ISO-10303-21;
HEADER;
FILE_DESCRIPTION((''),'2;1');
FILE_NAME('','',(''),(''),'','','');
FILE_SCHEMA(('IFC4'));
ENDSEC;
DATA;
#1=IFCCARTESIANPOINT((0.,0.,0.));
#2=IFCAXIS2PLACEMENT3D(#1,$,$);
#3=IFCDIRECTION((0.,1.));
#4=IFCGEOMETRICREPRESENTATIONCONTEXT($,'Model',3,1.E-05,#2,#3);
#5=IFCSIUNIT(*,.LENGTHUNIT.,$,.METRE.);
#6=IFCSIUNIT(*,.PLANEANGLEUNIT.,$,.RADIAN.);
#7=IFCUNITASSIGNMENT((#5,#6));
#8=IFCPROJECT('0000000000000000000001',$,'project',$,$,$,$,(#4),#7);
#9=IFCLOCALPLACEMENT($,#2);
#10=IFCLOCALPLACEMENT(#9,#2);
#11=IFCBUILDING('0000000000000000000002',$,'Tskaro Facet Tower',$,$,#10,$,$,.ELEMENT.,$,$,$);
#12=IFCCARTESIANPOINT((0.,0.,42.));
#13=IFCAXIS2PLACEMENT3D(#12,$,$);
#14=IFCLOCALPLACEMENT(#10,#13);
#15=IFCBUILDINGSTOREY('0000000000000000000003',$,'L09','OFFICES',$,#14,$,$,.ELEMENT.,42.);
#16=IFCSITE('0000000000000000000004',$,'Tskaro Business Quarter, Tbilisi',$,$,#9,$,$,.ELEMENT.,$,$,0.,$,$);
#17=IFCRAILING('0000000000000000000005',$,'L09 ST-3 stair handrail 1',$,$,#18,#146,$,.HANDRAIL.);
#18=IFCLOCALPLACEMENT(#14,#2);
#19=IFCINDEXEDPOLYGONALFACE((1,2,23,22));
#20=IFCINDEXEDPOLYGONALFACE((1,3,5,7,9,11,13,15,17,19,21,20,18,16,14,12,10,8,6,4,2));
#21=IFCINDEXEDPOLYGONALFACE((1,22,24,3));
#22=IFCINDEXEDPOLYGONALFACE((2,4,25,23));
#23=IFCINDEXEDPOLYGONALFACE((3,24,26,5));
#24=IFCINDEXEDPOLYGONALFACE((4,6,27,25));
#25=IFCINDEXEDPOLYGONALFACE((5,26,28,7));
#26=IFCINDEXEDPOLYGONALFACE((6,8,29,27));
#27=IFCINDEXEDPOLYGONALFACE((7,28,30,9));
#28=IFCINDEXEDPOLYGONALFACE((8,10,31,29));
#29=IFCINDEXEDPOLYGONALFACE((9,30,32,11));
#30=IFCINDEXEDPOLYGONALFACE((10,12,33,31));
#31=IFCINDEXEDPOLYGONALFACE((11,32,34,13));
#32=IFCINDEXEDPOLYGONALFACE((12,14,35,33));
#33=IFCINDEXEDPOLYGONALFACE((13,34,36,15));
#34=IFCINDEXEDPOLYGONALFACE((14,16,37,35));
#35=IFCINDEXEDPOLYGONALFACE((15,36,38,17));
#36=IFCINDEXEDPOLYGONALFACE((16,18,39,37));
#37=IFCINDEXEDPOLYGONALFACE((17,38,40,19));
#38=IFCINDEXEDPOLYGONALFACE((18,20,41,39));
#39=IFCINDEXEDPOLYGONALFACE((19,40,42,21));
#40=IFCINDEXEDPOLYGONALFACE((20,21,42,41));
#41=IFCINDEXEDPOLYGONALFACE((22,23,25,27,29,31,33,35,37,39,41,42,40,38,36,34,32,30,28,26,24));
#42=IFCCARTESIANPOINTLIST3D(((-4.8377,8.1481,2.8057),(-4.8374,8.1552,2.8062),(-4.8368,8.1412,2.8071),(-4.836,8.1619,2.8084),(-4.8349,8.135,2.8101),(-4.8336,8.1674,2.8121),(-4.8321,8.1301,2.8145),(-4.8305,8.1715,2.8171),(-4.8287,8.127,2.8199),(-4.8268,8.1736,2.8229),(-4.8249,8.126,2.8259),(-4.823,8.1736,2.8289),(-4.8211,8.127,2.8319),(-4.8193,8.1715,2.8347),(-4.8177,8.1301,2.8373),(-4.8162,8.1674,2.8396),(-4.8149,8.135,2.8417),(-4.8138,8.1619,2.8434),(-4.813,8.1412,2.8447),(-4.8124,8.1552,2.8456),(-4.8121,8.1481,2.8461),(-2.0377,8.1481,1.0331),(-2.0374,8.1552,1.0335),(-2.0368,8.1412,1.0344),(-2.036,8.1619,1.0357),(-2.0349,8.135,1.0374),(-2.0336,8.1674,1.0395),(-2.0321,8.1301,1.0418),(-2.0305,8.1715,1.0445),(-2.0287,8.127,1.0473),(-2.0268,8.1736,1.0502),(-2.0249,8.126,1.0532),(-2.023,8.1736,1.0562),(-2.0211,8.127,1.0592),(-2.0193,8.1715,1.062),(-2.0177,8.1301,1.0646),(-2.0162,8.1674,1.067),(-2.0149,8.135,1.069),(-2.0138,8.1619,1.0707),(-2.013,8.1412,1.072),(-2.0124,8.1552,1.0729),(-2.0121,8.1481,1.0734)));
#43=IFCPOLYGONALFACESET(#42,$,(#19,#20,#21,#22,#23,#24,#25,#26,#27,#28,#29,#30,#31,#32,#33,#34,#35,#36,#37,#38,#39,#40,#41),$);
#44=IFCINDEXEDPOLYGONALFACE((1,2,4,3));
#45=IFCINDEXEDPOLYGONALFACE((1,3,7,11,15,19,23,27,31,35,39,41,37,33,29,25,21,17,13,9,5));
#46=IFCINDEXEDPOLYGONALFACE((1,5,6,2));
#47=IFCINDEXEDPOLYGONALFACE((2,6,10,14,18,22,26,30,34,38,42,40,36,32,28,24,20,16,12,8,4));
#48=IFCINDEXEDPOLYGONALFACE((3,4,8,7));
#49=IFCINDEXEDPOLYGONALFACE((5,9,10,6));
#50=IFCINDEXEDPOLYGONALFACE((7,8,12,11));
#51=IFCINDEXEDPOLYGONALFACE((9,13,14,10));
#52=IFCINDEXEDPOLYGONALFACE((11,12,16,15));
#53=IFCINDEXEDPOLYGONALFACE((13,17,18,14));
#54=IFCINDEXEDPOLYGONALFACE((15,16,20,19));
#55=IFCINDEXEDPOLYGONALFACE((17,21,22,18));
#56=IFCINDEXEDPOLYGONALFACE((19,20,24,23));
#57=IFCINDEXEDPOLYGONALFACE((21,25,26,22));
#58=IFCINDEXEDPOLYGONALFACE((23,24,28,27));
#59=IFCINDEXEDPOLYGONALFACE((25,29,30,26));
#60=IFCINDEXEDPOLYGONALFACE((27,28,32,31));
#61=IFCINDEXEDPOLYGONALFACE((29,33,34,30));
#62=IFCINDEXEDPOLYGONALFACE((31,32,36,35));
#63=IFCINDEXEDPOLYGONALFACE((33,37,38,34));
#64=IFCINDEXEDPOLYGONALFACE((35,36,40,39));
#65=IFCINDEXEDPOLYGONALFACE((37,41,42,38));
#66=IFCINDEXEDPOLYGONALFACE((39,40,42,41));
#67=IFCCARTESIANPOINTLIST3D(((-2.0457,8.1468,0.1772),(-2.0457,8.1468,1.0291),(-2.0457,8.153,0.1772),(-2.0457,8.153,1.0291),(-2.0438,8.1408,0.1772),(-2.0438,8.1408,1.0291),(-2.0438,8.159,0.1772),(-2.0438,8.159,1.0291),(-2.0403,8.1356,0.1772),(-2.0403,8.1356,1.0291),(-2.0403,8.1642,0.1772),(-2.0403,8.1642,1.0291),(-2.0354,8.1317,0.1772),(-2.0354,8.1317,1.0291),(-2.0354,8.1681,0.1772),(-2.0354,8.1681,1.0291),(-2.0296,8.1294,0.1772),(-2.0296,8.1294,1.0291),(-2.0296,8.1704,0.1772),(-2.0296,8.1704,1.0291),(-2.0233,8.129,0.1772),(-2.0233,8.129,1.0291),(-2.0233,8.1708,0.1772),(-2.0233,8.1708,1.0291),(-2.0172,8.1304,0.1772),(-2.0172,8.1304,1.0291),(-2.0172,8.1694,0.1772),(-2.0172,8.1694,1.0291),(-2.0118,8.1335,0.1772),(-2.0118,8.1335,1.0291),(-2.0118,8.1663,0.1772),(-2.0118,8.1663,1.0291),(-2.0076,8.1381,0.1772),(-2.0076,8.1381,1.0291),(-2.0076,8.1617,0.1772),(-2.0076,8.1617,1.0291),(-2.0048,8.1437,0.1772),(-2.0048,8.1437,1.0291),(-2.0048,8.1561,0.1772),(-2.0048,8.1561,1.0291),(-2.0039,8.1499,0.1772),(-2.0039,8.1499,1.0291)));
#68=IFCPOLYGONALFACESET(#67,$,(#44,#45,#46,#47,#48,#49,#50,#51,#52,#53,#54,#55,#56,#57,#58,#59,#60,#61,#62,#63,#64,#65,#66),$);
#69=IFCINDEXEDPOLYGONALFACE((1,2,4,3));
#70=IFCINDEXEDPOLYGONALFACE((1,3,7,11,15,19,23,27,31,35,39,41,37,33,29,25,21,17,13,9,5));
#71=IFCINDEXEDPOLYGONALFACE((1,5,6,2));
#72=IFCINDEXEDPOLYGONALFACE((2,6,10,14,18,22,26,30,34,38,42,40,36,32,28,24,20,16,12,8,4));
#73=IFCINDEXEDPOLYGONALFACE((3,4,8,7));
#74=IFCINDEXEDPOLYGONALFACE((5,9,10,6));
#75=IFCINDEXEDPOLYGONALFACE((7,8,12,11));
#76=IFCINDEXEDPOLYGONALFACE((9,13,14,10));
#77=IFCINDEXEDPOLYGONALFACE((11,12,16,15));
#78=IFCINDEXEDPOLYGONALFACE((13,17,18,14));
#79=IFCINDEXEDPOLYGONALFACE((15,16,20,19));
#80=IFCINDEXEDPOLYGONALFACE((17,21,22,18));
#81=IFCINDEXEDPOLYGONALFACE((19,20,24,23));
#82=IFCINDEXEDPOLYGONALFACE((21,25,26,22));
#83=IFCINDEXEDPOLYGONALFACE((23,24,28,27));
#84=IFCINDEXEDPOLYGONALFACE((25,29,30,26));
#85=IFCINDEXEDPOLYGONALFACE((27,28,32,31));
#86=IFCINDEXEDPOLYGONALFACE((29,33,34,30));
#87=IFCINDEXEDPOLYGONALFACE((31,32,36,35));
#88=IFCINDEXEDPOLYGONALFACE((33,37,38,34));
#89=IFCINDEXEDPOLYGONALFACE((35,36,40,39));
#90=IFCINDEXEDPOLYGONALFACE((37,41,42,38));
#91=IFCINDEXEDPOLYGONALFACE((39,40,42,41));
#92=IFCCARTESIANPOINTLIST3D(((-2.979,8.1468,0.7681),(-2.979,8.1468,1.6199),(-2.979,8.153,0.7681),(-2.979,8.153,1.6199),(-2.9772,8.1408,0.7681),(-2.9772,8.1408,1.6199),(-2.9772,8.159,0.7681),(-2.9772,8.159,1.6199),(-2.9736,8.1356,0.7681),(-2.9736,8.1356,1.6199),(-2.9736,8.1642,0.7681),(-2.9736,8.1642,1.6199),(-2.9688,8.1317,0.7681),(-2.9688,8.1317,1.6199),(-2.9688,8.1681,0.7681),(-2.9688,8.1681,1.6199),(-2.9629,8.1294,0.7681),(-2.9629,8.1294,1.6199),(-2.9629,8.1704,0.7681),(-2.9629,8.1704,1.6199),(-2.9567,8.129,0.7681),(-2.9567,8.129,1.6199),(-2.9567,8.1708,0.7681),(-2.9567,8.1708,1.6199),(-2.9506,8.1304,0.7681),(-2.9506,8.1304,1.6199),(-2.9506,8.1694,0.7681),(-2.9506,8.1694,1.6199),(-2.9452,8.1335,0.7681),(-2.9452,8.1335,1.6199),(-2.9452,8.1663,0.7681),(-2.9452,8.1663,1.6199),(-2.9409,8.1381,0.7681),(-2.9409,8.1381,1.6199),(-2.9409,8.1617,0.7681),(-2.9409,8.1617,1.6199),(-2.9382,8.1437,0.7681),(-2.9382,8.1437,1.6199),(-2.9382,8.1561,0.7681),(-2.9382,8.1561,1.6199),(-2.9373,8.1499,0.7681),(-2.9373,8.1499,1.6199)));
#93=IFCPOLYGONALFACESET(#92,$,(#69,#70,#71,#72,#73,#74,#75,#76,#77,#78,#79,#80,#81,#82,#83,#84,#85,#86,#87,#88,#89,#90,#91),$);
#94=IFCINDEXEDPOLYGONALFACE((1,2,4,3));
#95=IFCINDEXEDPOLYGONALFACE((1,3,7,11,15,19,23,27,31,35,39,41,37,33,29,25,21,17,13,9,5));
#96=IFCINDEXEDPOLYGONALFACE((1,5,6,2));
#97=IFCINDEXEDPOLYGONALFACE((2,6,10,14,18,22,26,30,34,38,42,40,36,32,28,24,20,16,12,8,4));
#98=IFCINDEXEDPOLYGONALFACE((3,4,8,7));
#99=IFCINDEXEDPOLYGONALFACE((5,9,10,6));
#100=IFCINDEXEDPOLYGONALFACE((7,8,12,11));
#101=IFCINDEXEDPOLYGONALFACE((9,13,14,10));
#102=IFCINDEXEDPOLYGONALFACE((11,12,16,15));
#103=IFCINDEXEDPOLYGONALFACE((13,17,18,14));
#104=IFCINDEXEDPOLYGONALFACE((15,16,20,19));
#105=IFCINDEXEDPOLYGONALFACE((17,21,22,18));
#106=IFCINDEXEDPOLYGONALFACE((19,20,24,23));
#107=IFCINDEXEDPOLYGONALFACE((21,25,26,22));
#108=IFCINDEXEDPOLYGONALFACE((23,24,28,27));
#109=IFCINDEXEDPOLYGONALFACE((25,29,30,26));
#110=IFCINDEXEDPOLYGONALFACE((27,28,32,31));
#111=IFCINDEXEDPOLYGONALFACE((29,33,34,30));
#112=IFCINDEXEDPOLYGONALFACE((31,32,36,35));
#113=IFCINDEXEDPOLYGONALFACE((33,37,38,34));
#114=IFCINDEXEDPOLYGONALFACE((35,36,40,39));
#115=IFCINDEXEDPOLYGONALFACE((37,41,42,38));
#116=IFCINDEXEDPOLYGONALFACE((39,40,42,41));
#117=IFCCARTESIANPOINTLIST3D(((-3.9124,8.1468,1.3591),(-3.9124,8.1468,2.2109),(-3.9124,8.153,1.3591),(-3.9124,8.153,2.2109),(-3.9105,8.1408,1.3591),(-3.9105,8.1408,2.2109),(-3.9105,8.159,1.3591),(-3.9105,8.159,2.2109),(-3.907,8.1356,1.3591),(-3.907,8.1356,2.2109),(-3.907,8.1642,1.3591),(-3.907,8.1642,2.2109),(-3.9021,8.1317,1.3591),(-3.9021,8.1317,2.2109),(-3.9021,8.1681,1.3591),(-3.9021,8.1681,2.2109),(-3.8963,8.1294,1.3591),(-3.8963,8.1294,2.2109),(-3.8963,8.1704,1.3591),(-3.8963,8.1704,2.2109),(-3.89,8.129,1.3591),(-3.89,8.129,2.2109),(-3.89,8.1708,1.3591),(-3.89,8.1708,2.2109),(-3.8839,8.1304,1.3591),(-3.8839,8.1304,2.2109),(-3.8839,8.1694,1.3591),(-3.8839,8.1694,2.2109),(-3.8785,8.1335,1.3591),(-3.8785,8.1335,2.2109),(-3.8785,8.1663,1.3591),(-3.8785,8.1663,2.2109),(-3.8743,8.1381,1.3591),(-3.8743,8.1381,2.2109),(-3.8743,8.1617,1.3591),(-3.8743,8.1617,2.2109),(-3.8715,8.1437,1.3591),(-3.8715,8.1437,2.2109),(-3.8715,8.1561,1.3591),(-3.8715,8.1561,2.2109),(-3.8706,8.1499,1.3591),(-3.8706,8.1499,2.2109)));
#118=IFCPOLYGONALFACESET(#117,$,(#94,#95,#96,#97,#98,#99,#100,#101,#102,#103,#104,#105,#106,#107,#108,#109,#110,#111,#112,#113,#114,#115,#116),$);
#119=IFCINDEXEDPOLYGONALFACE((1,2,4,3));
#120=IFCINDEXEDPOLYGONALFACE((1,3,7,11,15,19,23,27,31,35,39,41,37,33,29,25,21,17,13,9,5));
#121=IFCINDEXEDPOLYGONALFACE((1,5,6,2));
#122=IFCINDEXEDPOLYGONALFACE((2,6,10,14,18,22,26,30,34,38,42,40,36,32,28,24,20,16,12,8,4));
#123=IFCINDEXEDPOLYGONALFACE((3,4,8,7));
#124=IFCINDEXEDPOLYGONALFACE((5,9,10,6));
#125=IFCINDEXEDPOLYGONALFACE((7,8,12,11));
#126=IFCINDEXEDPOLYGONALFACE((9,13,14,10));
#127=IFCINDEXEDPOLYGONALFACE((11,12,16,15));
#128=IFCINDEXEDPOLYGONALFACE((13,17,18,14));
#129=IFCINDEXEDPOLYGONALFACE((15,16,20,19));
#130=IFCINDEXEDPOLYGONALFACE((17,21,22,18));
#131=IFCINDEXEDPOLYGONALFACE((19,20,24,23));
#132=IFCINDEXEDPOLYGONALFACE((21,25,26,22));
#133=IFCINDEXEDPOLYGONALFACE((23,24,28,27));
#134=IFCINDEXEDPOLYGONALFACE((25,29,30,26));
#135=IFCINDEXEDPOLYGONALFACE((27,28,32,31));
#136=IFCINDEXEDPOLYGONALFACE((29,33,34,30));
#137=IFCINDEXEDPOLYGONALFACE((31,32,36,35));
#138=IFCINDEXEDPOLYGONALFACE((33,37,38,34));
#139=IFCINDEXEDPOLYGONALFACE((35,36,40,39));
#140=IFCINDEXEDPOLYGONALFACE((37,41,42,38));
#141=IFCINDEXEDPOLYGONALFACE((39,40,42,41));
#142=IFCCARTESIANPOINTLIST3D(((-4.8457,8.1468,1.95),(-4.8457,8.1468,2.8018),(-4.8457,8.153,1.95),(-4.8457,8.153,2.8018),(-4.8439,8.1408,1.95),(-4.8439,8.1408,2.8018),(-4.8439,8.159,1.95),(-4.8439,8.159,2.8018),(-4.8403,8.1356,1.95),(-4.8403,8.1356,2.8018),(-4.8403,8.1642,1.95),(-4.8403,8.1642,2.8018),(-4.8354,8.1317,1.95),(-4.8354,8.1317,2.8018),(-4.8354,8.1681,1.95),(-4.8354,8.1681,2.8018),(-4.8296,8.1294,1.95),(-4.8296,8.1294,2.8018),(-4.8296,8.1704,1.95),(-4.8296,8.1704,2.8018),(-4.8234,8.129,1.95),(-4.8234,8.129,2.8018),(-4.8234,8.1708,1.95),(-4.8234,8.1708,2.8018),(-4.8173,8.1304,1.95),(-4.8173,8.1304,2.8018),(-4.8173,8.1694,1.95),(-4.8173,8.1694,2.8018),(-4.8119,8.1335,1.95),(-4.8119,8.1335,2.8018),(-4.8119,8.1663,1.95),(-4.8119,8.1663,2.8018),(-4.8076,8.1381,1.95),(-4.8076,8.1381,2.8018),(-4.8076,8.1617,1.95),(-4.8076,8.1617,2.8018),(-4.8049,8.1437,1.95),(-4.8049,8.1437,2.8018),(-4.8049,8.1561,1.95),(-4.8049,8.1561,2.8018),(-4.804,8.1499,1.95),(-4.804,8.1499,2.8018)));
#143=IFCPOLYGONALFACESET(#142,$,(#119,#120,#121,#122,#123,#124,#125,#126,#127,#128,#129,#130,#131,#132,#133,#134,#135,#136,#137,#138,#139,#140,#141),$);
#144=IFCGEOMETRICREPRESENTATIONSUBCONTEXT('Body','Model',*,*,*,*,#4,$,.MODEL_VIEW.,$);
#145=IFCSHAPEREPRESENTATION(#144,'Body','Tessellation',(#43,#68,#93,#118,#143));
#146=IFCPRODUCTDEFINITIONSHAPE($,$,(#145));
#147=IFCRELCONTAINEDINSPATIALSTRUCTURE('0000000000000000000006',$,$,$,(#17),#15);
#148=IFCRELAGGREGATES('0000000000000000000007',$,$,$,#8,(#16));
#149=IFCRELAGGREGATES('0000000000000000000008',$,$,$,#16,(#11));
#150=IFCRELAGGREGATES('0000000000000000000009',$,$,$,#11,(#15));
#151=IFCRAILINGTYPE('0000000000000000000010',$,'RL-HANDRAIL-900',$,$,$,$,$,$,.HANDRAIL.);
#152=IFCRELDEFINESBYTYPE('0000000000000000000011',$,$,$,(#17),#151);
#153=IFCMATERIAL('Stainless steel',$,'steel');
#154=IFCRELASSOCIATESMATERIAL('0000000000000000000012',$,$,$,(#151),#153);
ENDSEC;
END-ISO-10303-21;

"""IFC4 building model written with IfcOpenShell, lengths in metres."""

from ifc_helpers import new_model, si_unit, direction, frame, origin, origin_2d, place, context, subcontext, project, spatial, circle, extrude, material, type_object, element, save


model = new_model("IFC4")

# Units and contexts
model_context = context("Model", 3, precision=1e-05, world=origin(), true_north=direction((0.0, 1.0)))
body_context = subcontext(model_context, "Body", "Model", "MODEL_VIEW")
ifc_project = project(units=[si_unit("LENGTHUNIT", "METRE"), si_unit("PLANEANGLEUNIT", "RADIAN")], contexts=[model_context])

# Site, building, storey
site_placement = place(None, origin())
site = spatial("IfcSite", under=ifc_project, at=site_placement, Name="Tskaro Business Quarter, Tbilisi", CompositionType="ELEMENT", RefElevation=0.0)
building_placement = place(site_placement, origin())
building = spatial("IfcBuilding", under=site, at=building_placement, Name="Tskaro Facet Tower", CompositionType="ELEMENT")
storey_placement = place(building_placement, frame((0.0, 0.0, 42.0)))
storey = spatial("IfcBuildingStorey", under=building, at=storey_placement, Name="L09", Description="OFFICES", CompositionType="ELEMENT", Elevation=42.0)

# Railing
ifc_material_1 = material(Name="Stainless steel", Category="steel")
railing_type_1 = type_object("IfcRailingType", Name="RL-HANDRAIL-900", PredefinedType="HANDRAIL", material=ifc_material_1)
railing_1_placement = place(storey_placement, frame((-2.0249, 8.1499, 0.1772)))
element("IfcRailing", 1, at=railing_1_placement, inside=storey, type_object=railing_type_1, Name="L09 ST-3 stair handrail 1", PredefinedType="HANDRAIL", context=body_context, shape_type="SweptSolid", body=[
    extrude(circle(Radius=0.0239, at=origin_2d()), frame((0.0, 0.0, 0.876), z_axis=(-0.844909, 0.0, 0.53491), x_axis=(0.0, -1.0, 0.0)), (0.0, 0.0, 1.0), 3.314),
    extrude(circle(Radius=0.021, at=origin_2d()), origin(), (0.0, 0.0, 1.0), 0.8518),
    extrude(circle(Radius=0.021, at=origin_2d()), frame((-0.9333, 0.0, 0.5908)), (0.0, 0.0, 1.0), 0.8518),
    extrude(circle(Radius=0.021, at=origin_2d()), frame((-1.8667, 0.0, 1.1819)), (0.0, 0.0, 1.0), 0.8518),
    extrude(circle(Radius=0.021, at=origin_2d()), frame((-2.8, 0.0, 1.7727)), (0.0, 0.0, 1.0), 0.8518),
])

save(model, "model.ifc")
